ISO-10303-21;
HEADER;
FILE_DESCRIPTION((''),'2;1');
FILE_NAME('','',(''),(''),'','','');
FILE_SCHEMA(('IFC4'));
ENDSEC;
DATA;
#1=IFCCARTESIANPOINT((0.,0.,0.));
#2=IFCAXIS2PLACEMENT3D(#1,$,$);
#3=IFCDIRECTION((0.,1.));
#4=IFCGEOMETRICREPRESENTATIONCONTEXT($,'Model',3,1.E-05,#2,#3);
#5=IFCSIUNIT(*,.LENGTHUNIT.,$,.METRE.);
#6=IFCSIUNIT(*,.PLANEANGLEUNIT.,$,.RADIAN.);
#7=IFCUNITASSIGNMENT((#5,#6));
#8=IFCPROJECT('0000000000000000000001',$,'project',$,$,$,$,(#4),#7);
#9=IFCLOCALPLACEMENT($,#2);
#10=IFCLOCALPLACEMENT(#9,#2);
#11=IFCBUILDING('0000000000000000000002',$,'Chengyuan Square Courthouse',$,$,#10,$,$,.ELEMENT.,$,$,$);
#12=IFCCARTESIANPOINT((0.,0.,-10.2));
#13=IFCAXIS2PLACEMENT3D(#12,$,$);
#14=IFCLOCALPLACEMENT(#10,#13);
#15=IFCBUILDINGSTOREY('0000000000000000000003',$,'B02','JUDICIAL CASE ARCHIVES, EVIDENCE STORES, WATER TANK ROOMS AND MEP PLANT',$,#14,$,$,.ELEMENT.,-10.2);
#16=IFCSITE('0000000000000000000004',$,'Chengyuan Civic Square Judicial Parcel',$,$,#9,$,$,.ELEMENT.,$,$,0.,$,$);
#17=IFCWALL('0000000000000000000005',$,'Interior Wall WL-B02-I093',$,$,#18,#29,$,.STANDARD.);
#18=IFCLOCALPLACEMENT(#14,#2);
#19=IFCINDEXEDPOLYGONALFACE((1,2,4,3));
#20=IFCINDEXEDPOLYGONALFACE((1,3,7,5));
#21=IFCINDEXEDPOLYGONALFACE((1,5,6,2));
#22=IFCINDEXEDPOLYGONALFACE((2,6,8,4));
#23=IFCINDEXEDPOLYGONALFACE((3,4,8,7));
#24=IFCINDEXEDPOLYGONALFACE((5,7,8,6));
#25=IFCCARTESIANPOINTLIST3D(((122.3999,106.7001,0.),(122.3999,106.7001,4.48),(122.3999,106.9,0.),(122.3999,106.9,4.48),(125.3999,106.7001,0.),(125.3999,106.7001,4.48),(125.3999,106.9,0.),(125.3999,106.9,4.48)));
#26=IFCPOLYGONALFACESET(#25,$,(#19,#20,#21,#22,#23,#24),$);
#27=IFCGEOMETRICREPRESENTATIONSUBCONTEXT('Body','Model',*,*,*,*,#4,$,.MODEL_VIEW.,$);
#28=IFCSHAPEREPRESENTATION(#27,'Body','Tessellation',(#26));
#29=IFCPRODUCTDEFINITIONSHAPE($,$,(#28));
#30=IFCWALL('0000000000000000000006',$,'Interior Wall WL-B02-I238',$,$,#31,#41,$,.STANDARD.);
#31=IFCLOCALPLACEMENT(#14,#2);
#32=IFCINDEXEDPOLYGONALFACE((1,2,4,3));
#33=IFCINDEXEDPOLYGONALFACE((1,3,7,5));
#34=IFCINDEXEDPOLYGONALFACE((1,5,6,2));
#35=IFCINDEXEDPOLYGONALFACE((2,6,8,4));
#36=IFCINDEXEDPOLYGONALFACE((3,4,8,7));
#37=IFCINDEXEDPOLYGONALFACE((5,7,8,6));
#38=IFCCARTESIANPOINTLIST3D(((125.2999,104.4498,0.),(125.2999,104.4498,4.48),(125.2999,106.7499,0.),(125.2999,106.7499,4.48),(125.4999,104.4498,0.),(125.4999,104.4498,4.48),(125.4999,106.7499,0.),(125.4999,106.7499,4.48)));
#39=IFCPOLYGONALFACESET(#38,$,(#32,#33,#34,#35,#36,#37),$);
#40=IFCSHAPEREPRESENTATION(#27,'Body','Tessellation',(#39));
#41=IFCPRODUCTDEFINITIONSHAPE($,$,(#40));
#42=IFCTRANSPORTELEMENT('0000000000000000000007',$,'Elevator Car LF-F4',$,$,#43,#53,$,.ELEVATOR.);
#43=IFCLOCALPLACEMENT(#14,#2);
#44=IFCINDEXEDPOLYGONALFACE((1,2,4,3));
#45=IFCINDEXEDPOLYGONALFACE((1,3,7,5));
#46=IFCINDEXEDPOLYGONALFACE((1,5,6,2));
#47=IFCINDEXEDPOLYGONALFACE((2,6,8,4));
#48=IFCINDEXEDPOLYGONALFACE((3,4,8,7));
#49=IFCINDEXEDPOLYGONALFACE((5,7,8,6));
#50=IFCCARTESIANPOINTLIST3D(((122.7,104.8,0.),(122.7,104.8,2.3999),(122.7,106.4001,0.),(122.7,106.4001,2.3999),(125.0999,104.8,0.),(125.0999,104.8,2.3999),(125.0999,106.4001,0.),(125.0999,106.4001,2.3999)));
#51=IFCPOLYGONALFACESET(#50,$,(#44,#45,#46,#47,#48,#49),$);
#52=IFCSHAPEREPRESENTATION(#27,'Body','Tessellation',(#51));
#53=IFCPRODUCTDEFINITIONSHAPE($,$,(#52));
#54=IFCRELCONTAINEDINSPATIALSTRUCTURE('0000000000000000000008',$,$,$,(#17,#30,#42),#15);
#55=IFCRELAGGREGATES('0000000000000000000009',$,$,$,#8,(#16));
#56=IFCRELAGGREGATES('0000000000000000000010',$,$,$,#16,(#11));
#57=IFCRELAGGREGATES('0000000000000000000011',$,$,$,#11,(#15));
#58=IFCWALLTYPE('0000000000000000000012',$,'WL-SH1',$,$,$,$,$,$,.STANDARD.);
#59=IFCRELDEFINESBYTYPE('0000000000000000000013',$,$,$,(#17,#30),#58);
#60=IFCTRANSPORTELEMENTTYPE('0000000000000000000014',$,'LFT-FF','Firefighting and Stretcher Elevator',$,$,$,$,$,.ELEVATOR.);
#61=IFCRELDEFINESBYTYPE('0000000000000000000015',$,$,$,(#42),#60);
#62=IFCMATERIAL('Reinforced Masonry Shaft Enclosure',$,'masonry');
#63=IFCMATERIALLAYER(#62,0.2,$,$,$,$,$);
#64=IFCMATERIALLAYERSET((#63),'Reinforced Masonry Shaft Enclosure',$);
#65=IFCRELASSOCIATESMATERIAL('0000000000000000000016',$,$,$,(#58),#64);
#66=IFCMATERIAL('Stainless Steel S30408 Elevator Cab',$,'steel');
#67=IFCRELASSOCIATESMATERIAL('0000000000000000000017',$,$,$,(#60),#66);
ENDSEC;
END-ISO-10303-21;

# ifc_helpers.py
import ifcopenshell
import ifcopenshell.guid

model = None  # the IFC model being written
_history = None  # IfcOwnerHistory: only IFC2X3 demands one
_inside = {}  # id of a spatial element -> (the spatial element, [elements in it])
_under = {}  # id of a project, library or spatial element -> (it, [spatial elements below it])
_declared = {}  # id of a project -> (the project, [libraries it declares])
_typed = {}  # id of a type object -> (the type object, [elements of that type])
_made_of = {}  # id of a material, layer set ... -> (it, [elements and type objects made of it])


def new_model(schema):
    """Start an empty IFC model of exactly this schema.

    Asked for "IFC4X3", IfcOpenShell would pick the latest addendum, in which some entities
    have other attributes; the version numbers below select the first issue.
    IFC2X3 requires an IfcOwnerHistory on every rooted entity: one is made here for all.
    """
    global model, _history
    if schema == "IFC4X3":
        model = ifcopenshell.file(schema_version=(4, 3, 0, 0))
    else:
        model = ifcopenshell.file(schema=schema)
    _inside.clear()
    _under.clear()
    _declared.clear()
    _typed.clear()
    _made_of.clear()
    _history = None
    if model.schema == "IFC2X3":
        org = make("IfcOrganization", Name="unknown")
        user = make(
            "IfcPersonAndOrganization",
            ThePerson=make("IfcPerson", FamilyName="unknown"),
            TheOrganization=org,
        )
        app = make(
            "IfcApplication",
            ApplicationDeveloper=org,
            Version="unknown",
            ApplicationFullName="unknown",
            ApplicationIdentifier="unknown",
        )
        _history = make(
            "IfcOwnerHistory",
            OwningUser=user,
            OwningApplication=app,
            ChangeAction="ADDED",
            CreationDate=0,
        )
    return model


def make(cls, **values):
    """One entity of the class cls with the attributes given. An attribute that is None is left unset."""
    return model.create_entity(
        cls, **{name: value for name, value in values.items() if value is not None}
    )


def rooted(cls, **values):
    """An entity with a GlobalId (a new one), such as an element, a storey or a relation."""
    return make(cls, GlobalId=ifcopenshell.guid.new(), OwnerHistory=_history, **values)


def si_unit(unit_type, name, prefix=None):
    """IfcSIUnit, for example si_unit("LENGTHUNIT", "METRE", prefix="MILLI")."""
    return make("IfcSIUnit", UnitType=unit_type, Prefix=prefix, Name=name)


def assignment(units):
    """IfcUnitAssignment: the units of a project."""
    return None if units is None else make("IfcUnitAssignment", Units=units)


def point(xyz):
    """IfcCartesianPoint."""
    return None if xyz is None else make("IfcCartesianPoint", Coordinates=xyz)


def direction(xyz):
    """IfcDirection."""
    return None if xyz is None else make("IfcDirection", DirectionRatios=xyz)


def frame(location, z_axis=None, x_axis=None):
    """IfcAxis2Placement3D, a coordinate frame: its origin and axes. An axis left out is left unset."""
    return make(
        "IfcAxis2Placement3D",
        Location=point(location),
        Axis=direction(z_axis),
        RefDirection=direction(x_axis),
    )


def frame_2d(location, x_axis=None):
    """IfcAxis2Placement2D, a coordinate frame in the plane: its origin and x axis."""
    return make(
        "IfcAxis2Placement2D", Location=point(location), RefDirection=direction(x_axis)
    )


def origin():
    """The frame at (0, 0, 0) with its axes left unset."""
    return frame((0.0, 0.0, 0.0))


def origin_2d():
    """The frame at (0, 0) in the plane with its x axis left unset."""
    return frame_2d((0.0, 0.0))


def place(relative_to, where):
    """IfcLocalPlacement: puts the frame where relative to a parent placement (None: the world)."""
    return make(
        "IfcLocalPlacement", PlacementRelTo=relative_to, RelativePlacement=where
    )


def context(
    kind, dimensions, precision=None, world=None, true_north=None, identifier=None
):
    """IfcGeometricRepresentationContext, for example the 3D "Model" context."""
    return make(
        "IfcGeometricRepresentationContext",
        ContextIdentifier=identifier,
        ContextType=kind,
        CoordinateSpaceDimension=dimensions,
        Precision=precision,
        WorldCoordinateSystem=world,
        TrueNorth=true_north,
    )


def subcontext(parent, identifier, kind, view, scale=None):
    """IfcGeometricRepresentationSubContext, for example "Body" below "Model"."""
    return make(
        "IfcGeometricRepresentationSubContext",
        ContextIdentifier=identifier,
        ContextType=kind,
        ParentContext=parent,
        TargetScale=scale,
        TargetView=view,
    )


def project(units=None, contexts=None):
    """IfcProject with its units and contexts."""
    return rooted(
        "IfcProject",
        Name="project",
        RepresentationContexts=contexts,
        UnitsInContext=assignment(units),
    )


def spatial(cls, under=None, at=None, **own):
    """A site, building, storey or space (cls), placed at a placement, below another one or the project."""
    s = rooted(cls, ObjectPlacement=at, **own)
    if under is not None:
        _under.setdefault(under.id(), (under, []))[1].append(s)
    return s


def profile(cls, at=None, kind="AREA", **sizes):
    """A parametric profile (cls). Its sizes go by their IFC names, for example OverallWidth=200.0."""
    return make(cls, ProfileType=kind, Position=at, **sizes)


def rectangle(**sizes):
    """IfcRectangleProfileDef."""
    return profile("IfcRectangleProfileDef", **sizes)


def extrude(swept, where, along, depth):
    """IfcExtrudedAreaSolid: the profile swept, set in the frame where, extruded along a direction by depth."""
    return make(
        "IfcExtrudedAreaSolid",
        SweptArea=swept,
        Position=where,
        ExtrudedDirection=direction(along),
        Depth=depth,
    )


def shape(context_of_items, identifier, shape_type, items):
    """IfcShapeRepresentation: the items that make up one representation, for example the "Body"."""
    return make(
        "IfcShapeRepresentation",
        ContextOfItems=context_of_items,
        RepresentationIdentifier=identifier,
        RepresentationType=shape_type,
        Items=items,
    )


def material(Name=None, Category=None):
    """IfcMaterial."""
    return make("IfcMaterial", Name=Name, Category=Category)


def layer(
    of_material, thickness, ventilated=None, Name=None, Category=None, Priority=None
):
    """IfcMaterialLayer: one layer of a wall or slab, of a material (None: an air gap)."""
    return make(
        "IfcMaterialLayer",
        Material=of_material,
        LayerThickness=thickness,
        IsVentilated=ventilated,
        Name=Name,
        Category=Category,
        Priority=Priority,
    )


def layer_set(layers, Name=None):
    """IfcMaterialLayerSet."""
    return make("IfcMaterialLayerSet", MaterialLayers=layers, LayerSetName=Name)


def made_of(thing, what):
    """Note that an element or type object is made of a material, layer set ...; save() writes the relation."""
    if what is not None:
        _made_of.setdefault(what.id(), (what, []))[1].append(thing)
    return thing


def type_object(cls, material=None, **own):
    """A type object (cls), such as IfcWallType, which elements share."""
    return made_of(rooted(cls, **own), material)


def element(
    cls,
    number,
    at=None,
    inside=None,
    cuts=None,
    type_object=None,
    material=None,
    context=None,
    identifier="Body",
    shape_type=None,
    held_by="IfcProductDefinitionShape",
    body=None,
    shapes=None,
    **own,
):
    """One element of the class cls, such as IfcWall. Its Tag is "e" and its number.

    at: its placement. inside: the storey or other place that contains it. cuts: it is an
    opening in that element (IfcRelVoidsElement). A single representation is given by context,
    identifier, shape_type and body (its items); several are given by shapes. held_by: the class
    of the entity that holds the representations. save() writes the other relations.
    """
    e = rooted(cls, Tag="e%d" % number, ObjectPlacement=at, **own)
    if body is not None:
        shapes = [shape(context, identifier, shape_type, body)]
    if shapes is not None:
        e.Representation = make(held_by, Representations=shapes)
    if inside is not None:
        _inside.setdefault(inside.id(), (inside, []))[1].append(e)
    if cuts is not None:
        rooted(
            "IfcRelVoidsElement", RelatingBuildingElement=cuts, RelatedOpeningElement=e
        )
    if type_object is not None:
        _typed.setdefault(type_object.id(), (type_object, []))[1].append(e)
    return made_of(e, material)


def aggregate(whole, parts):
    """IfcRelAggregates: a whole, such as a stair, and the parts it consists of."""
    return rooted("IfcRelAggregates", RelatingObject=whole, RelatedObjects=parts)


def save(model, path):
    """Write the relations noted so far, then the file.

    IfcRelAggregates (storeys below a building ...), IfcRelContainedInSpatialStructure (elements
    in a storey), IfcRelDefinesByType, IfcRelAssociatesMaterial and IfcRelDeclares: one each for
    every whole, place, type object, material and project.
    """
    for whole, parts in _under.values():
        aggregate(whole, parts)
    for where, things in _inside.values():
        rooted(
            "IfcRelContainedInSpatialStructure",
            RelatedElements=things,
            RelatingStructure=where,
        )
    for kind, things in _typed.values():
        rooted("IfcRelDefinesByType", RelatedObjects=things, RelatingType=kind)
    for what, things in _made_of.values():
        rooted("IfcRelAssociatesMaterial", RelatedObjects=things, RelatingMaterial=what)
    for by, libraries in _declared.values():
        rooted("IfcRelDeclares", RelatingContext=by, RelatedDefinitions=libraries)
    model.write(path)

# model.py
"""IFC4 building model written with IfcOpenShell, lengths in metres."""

from ifc_helpers import new_model, si_unit, direction, frame, frame_2d, origin, origin_2d, place, context, subcontext, project, spatial, rectangle, extrude, material, layer, layer_set, type_object, element, save


model = new_model("IFC4")

# Units and contexts
model_context = context("Model", 3, precision=1e-05, world=origin(), true_north=direction((0.0, 1.0)))
body_context = subcontext(model_context, "Body", "Model", "MODEL_VIEW")
ifc_project = project(units=[si_unit("LENGTHUNIT", "METRE"), si_unit("PLANEANGLEUNIT", "RADIAN")], contexts=[model_context])

# Site, building, storey
site_placement = place(None, origin())
site = spatial("IfcSite", under=ifc_project, at=site_placement, Name="Chengyuan Civic Square Judicial Parcel", CompositionType="ELEMENT", RefElevation=0.0)
building_placement = place(site_placement, origin())
building = spatial("IfcBuilding", under=site, at=building_placement, Name="Chengyuan Square Courthouse", CompositionType="ELEMENT")
storey_placement = place(building_placement, frame((0.0, 0.0, -10.2)))
storey = spatial("IfcBuildingStorey", under=building, at=storey_placement, Name="B02", Description="JUDICIAL CASE ARCHIVES, EVIDENCE STORES, WATER TANK ROOMS AND MEP PLANT", CompositionType="ELEMENT", Elevation=-10.2)

# Walls
ifc_material_1 = material(Name="Reinforced Masonry Shaft Enclosure", Category="masonry")
ifc_layer_1 = layer(ifc_material_1, 0.2)
ifc_layer_set_1 = layer_set([ifc_layer_1], Name="Reinforced Masonry Shaft Enclosure")
wall_type_1 = type_object("IfcWallType", Name="WL-SH1", PredefinedType="STANDARD", material=ifc_layer_set_1)
wall_1_placement = place(storey_placement, frame((122.3999, 106.8, 0.0), z_axis=(0.0, 0.0, 1.0), x_axis=(1.0, 0.0, 0.0)))
element("IfcWall", 1, at=wall_1_placement, inside=storey, type_object=wall_type_1, Name="Interior Wall WL-B02-I093", PredefinedType="STANDARD", context=body_context, shape_type="SweptSolid", body=[
    extrude(rectangle(XDim=3.0, YDim=0.2, at=frame_2d((1.5, 0.0))), origin(), (0.0, 0.0, 1.0), 4.48),
])
wall_2_placement = place(storey_placement, frame((125.3999, 104.45, 0.0), z_axis=(0.0, 0.0, 1.0), x_axis=(0.0, 1.0, 0.0)))
element("IfcWall", 2, at=wall_2_placement, inside=storey, type_object=wall_type_1, Name="Interior Wall WL-B02-I238", PredefinedType="STANDARD", context=body_context, shape_type="SweptSolid", body=[
    extrude(rectangle(XDim=2.3, YDim=0.2, at=frame_2d((1.1499, 0.0))), origin(), (0.0, 0.0, 1.0), 4.48),
])

# Transport element
ifc_material_2 = material(Name="Stainless Steel S30408 Elevator Cab", Category="steel")
transport_element_type = type_object("IfcTransportElementType", Name="LFT-FF", Description="Firefighting and Stretcher Elevator", PredefinedType="ELEVATOR", material=ifc_material_2)
transport_element_placement = place(storey_placement, frame((123.8999, 105.6001, 0.0), z_axis=(0.0, 0.0, 1.0), x_axis=(1.0, 0.0, 0.0)))
element("IfcTransportElement", 3, at=transport_element_placement, inside=storey, type_object=transport_element_type, Name="Elevator Car LF-F4", PredefinedType="ELEVATOR", context=body_context, shape_type="SweptSolid", body=[
    extrude(rectangle(XDim=2.3999, YDim=1.6001, at=origin_2d()), origin(), (0.0, 0.0, 1.0), 2.3999),
])

save(model, "model.ifc")
